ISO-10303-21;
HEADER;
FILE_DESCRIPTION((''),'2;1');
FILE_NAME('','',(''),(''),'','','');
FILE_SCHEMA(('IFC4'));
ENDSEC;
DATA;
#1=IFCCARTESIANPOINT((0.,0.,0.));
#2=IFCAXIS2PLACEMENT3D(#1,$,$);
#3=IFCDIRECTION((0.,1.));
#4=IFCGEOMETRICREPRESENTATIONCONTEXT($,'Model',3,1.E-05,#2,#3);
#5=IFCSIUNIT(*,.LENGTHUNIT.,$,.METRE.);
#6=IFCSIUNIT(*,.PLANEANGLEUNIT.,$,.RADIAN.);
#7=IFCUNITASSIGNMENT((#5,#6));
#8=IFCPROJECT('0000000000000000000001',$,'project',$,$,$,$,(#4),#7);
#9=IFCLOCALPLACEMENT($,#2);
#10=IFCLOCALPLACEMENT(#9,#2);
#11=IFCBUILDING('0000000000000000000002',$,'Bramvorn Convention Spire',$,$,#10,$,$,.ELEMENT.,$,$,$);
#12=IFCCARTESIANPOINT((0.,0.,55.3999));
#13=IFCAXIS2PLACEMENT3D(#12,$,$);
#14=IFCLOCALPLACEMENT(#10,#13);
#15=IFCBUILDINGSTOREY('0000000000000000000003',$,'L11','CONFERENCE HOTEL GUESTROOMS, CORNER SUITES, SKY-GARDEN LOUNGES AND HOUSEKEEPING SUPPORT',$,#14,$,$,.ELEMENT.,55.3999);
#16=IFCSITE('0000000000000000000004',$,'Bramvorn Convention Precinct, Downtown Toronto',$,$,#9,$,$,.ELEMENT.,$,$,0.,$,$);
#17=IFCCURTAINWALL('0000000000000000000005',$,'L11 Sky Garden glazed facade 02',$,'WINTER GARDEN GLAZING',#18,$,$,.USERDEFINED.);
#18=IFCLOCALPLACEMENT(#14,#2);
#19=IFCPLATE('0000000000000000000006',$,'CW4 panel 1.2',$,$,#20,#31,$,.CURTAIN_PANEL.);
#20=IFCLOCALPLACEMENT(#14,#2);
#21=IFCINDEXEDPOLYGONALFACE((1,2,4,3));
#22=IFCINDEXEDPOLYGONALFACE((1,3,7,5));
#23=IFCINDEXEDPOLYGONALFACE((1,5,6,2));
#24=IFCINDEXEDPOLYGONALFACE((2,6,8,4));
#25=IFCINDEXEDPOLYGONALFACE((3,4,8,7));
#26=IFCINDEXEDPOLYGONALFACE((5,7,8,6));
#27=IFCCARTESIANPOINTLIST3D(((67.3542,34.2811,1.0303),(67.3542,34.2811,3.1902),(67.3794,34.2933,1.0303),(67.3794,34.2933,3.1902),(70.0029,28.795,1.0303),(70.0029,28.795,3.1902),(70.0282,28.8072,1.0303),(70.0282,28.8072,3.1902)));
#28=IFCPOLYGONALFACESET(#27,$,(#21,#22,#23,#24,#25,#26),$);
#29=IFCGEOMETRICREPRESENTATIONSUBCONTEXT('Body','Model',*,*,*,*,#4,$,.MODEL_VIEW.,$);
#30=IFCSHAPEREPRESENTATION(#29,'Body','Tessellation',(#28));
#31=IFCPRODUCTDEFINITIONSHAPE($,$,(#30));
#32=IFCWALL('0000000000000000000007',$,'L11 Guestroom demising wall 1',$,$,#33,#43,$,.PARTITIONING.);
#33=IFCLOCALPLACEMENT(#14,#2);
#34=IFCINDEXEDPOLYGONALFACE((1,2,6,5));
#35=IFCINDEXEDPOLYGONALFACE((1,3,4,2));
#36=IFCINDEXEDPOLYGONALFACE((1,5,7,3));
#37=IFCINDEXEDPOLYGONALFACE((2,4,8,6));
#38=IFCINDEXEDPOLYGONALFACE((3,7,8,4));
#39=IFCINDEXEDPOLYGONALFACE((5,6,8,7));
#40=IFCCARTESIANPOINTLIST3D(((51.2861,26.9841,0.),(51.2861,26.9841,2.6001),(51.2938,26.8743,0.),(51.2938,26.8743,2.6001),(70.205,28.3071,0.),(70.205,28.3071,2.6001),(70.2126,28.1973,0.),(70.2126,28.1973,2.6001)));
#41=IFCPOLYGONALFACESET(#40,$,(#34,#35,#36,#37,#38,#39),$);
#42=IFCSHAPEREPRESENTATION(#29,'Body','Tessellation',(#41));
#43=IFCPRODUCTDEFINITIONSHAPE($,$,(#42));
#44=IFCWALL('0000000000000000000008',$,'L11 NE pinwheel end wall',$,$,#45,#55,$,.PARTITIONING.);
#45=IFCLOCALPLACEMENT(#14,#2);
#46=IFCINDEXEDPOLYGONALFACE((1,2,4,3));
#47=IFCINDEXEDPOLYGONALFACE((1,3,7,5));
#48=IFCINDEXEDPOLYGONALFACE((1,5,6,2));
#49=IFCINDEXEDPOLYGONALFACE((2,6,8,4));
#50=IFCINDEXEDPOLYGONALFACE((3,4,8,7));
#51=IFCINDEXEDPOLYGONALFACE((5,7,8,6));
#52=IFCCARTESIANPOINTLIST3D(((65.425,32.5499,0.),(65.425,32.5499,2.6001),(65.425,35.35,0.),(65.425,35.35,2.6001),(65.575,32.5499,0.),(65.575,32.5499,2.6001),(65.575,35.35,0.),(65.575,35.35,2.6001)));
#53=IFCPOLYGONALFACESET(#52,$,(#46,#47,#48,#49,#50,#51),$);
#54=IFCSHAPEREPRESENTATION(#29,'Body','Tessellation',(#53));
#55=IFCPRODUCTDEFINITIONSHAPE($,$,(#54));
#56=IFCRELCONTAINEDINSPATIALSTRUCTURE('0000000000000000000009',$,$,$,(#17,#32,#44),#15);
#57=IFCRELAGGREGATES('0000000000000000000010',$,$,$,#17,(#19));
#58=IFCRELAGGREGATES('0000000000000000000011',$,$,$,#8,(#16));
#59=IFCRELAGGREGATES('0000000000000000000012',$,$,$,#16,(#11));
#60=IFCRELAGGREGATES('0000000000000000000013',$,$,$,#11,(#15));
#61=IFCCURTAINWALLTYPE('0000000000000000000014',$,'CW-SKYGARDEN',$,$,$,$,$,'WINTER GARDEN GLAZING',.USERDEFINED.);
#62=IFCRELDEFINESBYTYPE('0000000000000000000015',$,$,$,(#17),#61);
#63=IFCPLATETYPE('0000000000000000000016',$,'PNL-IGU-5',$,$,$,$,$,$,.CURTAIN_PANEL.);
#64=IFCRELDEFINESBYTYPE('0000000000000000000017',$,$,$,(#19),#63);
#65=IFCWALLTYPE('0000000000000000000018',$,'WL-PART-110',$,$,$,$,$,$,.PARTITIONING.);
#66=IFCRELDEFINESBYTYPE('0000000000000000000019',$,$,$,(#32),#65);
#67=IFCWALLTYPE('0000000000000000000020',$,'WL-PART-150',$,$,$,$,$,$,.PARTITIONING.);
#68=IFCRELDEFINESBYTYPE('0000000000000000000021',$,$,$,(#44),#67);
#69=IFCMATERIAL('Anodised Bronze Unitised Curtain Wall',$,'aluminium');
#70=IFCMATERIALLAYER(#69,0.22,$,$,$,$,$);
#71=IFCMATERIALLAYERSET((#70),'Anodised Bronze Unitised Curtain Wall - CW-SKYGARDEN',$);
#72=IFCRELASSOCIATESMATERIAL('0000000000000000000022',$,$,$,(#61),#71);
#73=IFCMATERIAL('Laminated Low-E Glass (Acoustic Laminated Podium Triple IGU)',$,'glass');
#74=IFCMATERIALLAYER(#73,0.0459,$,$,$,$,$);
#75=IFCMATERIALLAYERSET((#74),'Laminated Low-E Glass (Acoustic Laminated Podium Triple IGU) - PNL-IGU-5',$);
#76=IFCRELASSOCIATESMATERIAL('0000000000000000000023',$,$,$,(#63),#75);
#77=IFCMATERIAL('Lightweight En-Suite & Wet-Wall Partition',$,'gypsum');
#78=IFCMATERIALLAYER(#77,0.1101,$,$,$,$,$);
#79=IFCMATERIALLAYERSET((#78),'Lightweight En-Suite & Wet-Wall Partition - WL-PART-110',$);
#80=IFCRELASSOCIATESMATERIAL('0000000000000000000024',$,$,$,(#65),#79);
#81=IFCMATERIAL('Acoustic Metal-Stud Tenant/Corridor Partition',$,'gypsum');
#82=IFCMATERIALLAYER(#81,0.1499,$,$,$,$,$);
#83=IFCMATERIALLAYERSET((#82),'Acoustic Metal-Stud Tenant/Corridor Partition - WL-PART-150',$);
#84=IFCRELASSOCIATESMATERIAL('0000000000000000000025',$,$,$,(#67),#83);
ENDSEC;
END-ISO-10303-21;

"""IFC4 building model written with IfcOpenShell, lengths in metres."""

from ifc_helpers import new_model, si_unit, direction, frame, frame_2d, origin, origin_2d, place, context, subcontext, project, spatial, rectangle, extrude, material, layer, layer_set, type_object, element, aggregate, save


model = new_model("IFC4")

# Units and contexts
model_context = context("Model", 3, precision=1e-05, world=origin(), true_north=direction((0.0, 1.0)))
body_context = subcontext(model_context, "Body", "Model", "MODEL_VIEW")
ifc_project = project(units=[si_unit("LENGTHUNIT", "METRE"), si_unit("PLANEANGLEUNIT", "RADIAN")], contexts=[model_context])

# Site, building, storey
site_placement = place(None, origin())
site = spatial("IfcSite", under=ifc_project, at=site_placement, Name="Bramvorn Convention Precinct, Downtown Toronto", CompositionType="ELEMENT", RefElevation=0.0)
building_placement = place(site_placement, origin())
building = spatial("IfcBuilding", under=site, at=building_placement, Name="Bramvorn Convention Spire", CompositionType="ELEMENT")
storey_placement = place(building_placement, frame((0.0, 0.0, 55.3999)))
storey = spatial("IfcBuildingStorey", under=building, at=storey_placement, Name="L11", Description="CONFERENCE HOTEL GUESTROOMS, CORNER SUITES, SKY-GARDEN LOUNGES AND HOUSEKEEPING SUPPORT", CompositionType="ELEMENT", Elevation=55.3999)

# Curtain wall
ifc_material_1 = material(Name="Anodised Bronze Unitised Curtain Wall", Category="aluminium")
ifc_layer_1 = layer(ifc_material_1, 0.22)
ifc_layer_set_1 = layer_set([ifc_layer_1], Name="Anodised Bronze Unitised Curtain Wall - CW-SKYGARDEN")
curtain_wall_type_1 = type_object("IfcCurtainWallType", Name="CW-SKYGARDEN", ElementType="WINTER GARDEN GLAZING", PredefinedType="USERDEFINED", material=ifc_layer_set_1)
curtain_wall_1_placement = place(storey_placement, origin())
curtain_wall_1 = element("IfcCurtainWall", 1, at=curtain_wall_1_placement, inside=storey, type_object=curtain_wall_type_1, Name="L11 Sky Garden glazed facade 02", ObjectType="WINTER GARDEN GLAZING", PredefinedType="USERDEFINED")

# Plate
ifc_material_2 = material(Name="Laminated Low-E Glass (Acoustic Laminated Podium Triple IGU)", Category="glass")
ifc_layer_2 = layer(ifc_material_2, 0.0459)
ifc_layer_set_2 = layer_set([ifc_layer_2], Name="Laminated Low-E Glass (Acoustic Laminated Podium Triple IGU) - PNL-IGU-5")
plate_type_1 = type_object("IfcPlateType", Name="PNL-IGU-5", PredefinedType="CURTAIN_PANEL", material=ifc_layer_set_2)
plate_1_placement = place(storey_placement, frame((68.6912, 31.5442, 1.0303), z_axis=(0.0, 0.0, 1.0), x_axis=(0.434782, -0.900536, 0.0)))
plate_1 = element("IfcPlate", 2, at=plate_1_placement, type_object=plate_type_1, Name="CW4 panel 1.2", PredefinedType="CURTAIN_PANEL", context=body_context, shape_type="SweptSolid", body=[
    extrude(rectangle(XDim=6.092, YDim=0.0281, at=origin_2d()), origin(), (0.0, 0.0, 1.0), 2.1599),
])
aggregate(curtain_wall_1, [plate_1])

# Walls
ifc_material_3 = material(Name="Lightweight En-Suite & Wet-Wall Partition", Category="gypsum")
ifc_layer_3 = layer(ifc_material_3, 0.1101)
ifc_layer_set_3 = layer_set([ifc_layer_3], Name="Lightweight En-Suite & Wet-Wall Partition - WL-PART-110")
wall_type_1 = type_object("IfcWallType", Name="WL-PART-110", PredefinedType="PARTITIONING", material=ifc_layer_set_3)
wall_1_placement = place(storey_placement, frame((51.29, 26.9292, 0.0), z_axis=(0.0, 0.0, 1.0), x_axis=(0.997564, 0.069759, 0.0)))
element("IfcWall", 3, at=wall_1_placement, inside=storey, type_object=wall_type_1, Name="L11 Guestroom demising wall 1", PredefinedType="PARTITIONING", context=body_context, shape_type="SweptSolid", body=[
    extrude(rectangle(XDim=18.9651, YDim=0.1101, at=frame_2d((9.4824, 0.0))), origin(), (0.0, 0.0, 1.0), 2.6001),
])
ifc_material_4 = material(Name="Acoustic Metal-Stud Tenant/Corridor Partition", Category="gypsum")
ifc_layer_4 = layer(ifc_material_4, 0.1499)
ifc_layer_set_4 = layer_set([ifc_layer_4], Name="Acoustic Metal-Stud Tenant/Corridor Partition - WL-PART-150")
wall_type_2 = type_object("IfcWallType", Name="WL-PART-150", PredefinedType="PARTITIONING", material=ifc_layer_set_4)
wall_2_placement = place(storey_placement, frame((65.5, 32.55, 0.0), z_axis=(0.0, 0.0, 1.0), x_axis=(0.0, 1.0, 0.0)))
element("IfcWall", 4, at=wall_2_placement, inside=storey, type_object=wall_type_2, Name="L11 NE pinwheel end wall", PredefinedType="PARTITIONING", context=body_context, shape_type="SweptSolid", body=[
    extrude(rectangle(XDim=2.8, YDim=0.1499, at=frame_2d((1.3999, 0.0))), origin(), (0.0, 0.0, 1.0), 2.6001),
])

save(model, "model.ifc")
